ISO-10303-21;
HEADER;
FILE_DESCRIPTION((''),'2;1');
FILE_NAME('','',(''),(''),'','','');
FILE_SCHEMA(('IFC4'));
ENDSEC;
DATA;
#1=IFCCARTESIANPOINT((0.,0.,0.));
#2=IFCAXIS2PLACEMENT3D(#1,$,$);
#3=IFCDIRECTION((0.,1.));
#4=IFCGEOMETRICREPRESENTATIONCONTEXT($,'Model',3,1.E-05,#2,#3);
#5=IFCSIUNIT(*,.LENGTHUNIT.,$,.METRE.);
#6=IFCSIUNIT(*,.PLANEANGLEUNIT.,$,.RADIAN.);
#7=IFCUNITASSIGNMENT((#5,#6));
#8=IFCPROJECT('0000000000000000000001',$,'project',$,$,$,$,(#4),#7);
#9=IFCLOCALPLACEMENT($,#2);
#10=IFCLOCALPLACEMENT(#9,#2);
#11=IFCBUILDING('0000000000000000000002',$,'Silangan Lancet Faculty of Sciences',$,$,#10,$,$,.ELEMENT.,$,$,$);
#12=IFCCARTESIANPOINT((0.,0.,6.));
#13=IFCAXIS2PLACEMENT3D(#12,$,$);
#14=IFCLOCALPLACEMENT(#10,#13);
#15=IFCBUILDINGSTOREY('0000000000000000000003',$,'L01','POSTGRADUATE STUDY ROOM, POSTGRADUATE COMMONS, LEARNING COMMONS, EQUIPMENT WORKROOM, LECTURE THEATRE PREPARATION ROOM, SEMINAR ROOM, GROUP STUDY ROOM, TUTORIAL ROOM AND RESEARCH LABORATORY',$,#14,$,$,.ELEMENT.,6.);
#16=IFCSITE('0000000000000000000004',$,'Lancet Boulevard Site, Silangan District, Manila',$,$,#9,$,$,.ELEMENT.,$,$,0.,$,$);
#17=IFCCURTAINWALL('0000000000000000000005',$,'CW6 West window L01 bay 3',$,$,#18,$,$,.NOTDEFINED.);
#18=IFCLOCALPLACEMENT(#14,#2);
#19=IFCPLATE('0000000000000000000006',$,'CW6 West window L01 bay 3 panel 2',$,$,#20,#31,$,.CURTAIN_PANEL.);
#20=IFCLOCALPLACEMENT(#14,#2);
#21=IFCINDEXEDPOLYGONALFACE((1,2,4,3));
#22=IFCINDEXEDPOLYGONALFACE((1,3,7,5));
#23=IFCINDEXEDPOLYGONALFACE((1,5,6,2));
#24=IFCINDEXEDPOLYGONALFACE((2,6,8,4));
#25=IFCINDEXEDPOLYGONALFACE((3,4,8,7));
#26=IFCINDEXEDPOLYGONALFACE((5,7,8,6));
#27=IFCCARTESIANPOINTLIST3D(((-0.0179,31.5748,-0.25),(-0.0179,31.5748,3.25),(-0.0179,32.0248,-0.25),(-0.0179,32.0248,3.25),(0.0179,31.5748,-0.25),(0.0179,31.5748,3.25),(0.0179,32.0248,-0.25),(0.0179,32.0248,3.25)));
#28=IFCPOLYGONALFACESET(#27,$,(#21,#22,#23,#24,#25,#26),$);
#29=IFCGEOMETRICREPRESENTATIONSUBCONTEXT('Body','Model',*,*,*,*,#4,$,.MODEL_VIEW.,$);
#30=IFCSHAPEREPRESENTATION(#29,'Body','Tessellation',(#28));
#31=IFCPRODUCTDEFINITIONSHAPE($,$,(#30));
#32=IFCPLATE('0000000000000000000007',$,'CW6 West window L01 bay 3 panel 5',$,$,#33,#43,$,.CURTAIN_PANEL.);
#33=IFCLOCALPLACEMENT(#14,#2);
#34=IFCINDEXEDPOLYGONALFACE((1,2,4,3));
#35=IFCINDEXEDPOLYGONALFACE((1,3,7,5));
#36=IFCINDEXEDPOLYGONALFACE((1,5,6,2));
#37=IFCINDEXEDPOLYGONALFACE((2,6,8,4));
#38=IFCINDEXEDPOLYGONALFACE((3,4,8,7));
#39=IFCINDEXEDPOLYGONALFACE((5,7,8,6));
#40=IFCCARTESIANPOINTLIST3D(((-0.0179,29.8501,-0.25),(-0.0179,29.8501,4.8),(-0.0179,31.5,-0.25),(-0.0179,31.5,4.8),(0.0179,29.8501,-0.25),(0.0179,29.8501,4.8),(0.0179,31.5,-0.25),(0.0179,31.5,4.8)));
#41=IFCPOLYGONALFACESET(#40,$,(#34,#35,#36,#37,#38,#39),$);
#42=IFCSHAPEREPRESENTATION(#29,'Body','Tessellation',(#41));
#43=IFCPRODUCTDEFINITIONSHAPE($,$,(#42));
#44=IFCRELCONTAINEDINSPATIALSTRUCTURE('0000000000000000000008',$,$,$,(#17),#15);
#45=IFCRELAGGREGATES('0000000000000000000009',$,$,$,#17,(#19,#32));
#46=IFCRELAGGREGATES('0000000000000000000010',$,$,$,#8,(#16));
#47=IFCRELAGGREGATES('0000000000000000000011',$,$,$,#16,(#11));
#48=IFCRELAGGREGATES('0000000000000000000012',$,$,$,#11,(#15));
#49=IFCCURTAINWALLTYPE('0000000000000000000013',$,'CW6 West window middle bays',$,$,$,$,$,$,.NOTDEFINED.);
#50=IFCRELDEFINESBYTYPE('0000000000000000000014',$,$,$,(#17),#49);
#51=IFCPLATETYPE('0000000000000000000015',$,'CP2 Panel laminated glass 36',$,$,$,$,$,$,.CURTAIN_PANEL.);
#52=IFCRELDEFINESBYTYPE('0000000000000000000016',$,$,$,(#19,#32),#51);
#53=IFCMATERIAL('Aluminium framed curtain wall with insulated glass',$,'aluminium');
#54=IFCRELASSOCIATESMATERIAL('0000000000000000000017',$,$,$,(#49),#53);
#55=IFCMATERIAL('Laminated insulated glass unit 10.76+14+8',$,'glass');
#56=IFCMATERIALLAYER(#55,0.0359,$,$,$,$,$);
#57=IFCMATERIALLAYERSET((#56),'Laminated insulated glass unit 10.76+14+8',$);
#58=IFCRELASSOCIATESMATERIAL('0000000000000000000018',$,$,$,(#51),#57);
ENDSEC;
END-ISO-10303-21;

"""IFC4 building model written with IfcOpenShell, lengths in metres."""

from ifc_helpers import new_model, si_unit, direction, frame, origin, origin_2d, place, context, subcontext, project, spatial, rectangle, extrude, material, layer, layer_set, type_object, element, aggregate, save


model = new_model("IFC4")

# Units and contexts
model_context = context("Model", 3, precision=1e-05, world=origin(), true_north=direction((0.0, 1.0)))
body_context = subcontext(model_context, "Body", "Model", "MODEL_VIEW")
ifc_project = project(units=[si_unit("LENGTHUNIT", "METRE"), si_unit("PLANEANGLEUNIT", "RADIAN")], contexts=[model_context])

# Site, building, storey
site_placement = place(None, origin())
site = spatial("IfcSite", under=ifc_project, at=site_placement, Name="Lancet Boulevard Site, Silangan District, Manila", CompositionType="ELEMENT", RefElevation=0.0)
building_placement = place(site_placement, origin())
building = spatial("IfcBuilding", under=site, at=building_placement, Name="Silangan Lancet Faculty of Sciences", CompositionType="ELEMENT")
storey_placement = place(building_placement, frame((0.0, 0.0, 6.0)))
storey = spatial("IfcBuildingStorey", under=building, at=storey_placement, Name="L01", Description="POSTGRADUATE STUDY ROOM, POSTGRADUATE COMMONS, LEARNING COMMONS, EQUIPMENT WORKROOM, LECTURE THEATRE PREPARATION ROOM, SEMINAR ROOM, GROUP STUDY ROOM, TUTORIAL ROOM AND RESEARCH LABORATORY", CompositionType="ELEMENT", Elevation=6.0)

# Curtain wall
ifc_material_1 = material(Name="Aluminium framed curtain wall with insulated glass", Category="aluminium")
curtain_wall_type_1 = type_object("IfcCurtainWallType", Name="CW6 West window middle bays", PredefinedType="NOTDEFINED", material=ifc_material_1)
curtain_wall_1_placement = place(storey_placement, origin())
curtain_wall_1 = element("IfcCurtainWall", 1, at=curtain_wall_1_placement, inside=storey, type_object=curtain_wall_type_1, Name="CW6 West window L01 bay 3", PredefinedType="NOTDEFINED")

# Plates
ifc_material_2 = material(Name="Laminated insulated glass unit 10.76+14+8", Category="glass")
ifc_layer_1 = layer(ifc_material_2, 0.0359)
ifc_layer_set_1 = layer_set([ifc_layer_1], Name="Laminated insulated glass unit 10.76+14+8")
plate_type_1 = type_object("IfcPlateType", Name="CP2 Panel laminated glass 36", PredefinedType="CURTAIN_PANEL", material=ifc_layer_set_1)
plate_1_placement = place(storey_placement, frame((0.0, 31.7998, -0.25), z_axis=(0.0, 0.0, 1.0), x_axis=(0.0, 1.0, 0.0)))
plate_1 = element("IfcPlate", 2, at=plate_1_placement, type_object=plate_type_1, Name="CW6 West window L01 bay 3 panel 2", PredefinedType="CURTAIN_PANEL", context=body_context, shape_type="SweptSolid", body=[
    extrude(rectangle(XDim=0.45, YDim=0.0359, at=origin_2d()), origin(), (0.0, 0.0, 1.0), 3.5),
])
plate_2_placement = place(storey_placement, frame((0.0, 30.675, -0.25), z_axis=(0.0, 0.0, 1.0), x_axis=(0.0, 1.0, 0.0)))
plate_2 = element("IfcPlate", 3, at=plate_2_placement, type_object=plate_type_1, Name="CW6 West window L01 bay 3 panel 5", PredefinedType="CURTAIN_PANEL", context=body_context, shape_type="SweptSolid", body=[
    extrude(rectangle(XDim=1.6499, YDim=0.0359, at=origin_2d()), origin(), (0.0, 0.0, 1.0), 5.05),
])
aggregate(curtain_wall_1, [plate_1, plate_2])

save(model, "model.ifc")
